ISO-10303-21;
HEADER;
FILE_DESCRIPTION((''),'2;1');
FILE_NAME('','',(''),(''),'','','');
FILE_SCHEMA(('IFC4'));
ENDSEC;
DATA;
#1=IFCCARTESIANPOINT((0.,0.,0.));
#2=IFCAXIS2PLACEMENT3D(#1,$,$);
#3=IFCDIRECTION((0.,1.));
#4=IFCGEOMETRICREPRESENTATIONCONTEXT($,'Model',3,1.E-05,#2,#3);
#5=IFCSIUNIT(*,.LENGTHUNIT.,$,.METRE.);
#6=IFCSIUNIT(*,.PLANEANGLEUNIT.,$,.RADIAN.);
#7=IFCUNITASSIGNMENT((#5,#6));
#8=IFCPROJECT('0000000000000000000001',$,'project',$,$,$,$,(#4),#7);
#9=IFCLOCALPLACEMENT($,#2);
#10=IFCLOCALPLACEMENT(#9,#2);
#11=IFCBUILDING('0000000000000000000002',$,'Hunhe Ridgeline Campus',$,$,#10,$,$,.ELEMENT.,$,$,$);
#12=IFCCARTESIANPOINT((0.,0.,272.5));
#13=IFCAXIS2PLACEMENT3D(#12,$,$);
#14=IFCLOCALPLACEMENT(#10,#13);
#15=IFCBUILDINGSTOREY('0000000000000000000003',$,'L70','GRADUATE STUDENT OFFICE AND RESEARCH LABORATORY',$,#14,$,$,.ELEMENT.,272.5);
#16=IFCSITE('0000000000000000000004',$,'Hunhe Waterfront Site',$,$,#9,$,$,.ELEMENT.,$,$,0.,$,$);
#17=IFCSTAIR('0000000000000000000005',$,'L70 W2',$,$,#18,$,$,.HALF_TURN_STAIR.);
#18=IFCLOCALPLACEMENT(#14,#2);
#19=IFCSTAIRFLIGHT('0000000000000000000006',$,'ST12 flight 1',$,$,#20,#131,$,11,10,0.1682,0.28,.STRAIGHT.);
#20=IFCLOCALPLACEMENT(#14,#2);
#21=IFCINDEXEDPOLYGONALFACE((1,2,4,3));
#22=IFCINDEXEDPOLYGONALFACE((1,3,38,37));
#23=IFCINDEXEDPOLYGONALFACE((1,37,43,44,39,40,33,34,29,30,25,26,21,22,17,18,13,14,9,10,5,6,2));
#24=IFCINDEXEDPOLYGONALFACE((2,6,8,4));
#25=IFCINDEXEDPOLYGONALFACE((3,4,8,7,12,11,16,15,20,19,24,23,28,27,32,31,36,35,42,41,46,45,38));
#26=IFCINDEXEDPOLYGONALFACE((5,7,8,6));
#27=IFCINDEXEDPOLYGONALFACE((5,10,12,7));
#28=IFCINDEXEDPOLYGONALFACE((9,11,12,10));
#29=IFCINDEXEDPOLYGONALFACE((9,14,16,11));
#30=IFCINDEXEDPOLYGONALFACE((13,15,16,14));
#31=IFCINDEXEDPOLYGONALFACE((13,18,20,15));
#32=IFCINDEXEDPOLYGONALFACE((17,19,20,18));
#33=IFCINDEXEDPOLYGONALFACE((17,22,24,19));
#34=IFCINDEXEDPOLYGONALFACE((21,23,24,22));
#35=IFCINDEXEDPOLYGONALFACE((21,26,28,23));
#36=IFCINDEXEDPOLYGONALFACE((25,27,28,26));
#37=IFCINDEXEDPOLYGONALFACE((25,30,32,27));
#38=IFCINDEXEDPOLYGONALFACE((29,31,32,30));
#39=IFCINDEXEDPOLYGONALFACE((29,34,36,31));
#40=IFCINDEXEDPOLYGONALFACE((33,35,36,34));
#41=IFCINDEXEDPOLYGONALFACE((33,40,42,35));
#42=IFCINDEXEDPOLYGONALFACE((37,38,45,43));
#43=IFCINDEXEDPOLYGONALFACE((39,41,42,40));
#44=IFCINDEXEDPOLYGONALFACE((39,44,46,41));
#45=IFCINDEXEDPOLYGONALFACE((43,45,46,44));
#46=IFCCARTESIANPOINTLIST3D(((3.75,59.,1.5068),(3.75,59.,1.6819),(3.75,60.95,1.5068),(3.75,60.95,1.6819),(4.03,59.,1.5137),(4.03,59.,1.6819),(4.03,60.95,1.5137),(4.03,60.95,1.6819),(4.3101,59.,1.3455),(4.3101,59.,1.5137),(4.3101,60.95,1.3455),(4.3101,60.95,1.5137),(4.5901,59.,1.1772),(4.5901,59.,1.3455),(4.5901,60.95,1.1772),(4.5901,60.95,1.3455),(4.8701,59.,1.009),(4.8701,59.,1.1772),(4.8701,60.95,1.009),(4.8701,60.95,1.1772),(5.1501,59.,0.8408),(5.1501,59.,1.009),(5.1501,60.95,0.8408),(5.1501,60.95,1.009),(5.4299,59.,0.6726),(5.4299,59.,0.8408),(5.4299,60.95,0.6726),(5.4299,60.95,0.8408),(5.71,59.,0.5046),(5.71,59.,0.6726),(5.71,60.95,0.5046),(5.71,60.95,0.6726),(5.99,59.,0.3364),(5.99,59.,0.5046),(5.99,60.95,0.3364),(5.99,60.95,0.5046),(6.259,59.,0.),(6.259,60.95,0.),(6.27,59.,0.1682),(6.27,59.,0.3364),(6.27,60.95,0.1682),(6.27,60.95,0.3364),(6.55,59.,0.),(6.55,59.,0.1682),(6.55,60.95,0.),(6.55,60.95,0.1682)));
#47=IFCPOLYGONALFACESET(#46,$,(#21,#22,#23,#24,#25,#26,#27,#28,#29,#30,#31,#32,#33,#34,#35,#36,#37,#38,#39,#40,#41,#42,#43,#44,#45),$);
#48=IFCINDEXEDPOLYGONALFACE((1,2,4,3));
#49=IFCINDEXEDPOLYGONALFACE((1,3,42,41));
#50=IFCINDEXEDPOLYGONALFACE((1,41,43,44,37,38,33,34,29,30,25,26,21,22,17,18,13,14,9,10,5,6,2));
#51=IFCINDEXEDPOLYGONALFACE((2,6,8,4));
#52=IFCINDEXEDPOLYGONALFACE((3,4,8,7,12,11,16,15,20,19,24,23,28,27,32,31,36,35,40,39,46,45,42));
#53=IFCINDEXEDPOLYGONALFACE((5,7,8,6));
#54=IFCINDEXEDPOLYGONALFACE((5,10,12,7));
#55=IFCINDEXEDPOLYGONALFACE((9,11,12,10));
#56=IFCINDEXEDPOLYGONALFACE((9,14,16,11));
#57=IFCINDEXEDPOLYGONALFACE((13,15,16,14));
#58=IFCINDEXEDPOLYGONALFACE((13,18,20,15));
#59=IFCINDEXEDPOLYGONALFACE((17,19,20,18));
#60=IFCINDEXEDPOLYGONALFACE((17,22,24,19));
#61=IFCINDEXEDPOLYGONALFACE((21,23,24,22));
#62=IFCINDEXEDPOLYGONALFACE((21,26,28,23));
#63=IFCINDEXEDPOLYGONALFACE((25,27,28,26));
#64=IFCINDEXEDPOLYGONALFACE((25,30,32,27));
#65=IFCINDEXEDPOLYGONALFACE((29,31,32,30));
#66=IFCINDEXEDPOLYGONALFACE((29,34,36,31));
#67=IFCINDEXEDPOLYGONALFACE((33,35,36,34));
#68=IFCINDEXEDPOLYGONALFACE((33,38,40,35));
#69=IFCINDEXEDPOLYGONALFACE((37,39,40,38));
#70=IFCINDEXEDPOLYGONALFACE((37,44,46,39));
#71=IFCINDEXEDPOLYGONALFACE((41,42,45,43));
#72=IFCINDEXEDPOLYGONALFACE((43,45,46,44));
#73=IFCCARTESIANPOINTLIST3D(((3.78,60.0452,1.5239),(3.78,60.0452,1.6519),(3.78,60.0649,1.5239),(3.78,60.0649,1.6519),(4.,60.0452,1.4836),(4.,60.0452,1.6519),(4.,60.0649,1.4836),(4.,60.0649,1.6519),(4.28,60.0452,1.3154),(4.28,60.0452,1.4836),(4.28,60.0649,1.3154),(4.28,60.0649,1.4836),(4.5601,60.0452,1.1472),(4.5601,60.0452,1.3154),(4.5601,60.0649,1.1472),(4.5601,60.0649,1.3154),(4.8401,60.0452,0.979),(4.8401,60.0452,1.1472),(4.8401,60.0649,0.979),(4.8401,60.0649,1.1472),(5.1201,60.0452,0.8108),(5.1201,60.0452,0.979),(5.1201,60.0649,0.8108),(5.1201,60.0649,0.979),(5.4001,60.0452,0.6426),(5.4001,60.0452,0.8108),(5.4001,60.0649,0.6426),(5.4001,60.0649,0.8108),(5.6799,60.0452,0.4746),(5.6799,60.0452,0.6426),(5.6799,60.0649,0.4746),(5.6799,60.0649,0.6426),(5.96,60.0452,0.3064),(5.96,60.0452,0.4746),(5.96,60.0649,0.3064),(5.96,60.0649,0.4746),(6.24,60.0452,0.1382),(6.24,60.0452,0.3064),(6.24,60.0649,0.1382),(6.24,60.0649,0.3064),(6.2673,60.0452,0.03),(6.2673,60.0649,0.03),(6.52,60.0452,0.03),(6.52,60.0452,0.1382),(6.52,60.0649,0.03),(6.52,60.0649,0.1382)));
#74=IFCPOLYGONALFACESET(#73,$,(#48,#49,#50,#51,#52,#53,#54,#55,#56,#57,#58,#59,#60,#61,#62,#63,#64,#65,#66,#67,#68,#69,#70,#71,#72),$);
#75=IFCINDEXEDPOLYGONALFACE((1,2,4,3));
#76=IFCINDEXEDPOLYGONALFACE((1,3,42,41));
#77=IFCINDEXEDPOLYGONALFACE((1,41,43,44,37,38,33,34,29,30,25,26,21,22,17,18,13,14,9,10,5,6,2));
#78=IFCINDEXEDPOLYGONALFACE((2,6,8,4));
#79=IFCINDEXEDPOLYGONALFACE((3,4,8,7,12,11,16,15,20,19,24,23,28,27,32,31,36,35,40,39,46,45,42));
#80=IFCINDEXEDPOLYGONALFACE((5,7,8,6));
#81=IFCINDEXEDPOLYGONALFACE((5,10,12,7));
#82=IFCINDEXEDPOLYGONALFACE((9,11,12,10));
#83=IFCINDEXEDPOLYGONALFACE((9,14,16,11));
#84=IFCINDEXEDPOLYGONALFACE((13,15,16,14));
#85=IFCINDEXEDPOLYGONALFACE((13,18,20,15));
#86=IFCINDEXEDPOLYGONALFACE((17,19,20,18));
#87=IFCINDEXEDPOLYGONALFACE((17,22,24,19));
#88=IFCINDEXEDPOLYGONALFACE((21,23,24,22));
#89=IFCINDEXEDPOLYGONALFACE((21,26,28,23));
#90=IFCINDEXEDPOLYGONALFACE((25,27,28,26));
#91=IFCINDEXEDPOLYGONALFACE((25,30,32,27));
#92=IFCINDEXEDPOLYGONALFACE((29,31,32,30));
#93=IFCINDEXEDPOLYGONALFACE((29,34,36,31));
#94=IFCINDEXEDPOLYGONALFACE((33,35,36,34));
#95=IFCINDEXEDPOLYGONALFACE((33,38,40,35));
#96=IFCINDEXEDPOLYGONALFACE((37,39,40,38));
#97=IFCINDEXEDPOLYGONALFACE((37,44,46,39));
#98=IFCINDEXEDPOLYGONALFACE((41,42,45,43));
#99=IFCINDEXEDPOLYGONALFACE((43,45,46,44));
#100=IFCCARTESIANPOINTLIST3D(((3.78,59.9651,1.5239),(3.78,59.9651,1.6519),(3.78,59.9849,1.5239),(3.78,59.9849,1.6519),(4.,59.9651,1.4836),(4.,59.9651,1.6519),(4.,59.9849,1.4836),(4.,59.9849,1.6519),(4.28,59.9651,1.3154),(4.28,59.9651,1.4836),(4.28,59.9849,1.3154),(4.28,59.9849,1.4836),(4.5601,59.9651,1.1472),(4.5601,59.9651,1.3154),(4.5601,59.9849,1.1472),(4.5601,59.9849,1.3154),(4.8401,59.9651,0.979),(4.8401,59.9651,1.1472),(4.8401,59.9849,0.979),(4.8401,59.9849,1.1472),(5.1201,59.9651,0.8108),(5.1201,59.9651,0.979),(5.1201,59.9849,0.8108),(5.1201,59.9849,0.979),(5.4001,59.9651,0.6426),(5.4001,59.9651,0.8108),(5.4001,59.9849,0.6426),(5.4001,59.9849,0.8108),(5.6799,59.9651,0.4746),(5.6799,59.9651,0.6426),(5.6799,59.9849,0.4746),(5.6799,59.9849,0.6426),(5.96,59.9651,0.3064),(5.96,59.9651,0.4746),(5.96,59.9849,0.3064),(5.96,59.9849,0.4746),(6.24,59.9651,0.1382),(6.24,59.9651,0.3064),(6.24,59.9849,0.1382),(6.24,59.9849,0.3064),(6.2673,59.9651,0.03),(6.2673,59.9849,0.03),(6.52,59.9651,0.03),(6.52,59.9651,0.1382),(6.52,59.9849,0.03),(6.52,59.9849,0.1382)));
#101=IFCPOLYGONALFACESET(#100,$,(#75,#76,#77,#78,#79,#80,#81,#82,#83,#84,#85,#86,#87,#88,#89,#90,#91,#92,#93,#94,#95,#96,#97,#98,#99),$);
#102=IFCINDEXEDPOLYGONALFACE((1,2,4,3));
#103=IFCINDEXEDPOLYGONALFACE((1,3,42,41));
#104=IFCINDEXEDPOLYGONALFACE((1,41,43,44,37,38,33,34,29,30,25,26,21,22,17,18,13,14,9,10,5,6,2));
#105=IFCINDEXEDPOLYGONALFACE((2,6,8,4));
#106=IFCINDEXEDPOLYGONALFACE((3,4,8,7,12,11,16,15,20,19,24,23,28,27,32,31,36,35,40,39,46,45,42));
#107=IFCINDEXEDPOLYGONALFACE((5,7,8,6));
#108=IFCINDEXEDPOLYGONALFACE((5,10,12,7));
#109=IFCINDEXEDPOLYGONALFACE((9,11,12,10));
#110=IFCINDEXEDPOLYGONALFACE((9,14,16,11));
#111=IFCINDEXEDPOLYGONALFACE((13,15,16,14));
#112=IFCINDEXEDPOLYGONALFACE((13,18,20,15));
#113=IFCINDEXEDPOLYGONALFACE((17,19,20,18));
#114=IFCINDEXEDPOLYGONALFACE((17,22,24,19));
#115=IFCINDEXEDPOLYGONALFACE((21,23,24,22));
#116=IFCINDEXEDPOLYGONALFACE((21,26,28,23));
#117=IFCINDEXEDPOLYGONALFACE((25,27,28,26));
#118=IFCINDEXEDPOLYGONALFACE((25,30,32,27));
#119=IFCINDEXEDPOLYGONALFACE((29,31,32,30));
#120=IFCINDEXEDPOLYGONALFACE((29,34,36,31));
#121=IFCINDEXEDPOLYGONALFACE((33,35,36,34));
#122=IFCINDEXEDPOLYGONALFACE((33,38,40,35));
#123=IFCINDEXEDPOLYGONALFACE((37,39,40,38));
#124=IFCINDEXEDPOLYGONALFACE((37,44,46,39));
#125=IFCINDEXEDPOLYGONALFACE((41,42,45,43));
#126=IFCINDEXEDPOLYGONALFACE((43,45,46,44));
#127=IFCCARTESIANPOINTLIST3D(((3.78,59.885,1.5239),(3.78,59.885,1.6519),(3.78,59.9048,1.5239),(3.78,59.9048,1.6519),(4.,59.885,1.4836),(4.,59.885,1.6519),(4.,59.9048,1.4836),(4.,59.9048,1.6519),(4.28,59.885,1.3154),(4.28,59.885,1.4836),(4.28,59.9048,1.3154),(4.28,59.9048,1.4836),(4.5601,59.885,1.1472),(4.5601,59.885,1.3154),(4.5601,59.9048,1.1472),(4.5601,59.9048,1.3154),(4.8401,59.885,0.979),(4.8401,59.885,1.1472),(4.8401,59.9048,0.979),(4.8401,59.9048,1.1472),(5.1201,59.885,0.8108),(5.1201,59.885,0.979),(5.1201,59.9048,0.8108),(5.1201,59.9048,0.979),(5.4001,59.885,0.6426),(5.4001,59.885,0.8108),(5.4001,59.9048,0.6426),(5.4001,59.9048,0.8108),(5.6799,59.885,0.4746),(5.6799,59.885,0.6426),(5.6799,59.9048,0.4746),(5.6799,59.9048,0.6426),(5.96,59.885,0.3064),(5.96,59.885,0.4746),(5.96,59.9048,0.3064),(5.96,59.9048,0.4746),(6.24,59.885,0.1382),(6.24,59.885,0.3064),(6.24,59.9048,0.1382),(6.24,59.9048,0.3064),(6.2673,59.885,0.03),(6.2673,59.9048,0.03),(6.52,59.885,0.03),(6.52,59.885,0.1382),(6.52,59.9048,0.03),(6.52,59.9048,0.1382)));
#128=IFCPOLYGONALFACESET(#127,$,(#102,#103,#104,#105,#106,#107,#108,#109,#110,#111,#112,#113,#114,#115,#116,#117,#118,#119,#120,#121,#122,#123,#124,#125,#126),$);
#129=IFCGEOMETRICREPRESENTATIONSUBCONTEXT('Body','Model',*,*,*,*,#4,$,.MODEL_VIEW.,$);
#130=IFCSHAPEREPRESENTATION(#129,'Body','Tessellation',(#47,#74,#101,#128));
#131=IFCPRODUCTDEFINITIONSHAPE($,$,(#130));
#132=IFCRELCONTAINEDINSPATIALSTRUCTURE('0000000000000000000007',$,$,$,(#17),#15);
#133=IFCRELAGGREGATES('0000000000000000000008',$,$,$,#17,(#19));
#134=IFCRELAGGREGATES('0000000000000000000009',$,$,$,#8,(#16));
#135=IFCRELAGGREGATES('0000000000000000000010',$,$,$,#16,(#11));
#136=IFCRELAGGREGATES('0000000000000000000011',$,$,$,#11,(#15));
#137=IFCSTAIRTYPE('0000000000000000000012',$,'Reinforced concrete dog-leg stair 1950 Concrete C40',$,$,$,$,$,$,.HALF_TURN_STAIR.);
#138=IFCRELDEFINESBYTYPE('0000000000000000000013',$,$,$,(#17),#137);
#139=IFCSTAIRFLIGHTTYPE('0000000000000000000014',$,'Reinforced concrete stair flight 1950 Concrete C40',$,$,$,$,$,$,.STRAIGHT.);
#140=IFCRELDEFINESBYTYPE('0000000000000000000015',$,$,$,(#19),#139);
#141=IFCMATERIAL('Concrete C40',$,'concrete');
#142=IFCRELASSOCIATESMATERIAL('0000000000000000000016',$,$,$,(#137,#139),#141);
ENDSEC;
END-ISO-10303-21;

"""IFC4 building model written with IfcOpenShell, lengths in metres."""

from ifc_helpers import new_model, si_unit, direction, frame, origin, place, context, subcontext, project, spatial, polyline, outline, extrude, material, type_object, element, aggregate, save


model = new_model("IFC4")

# Units and contexts
model_context = context("Model", 3, precision=1e-05, world=origin(), true_north=direction((0.0, 1.0)))
body_context = subcontext(model_context, "Body", "Model", "MODEL_VIEW")
ifc_project = project(units=[si_unit("LENGTHUNIT", "METRE"), si_unit("PLANEANGLEUNIT", "RADIAN")], contexts=[model_context])

# Site, building, storey
site_placement = place(None, origin())
site = spatial("IfcSite", under=ifc_project, at=site_placement, Name="Hunhe Waterfront Site", CompositionType="ELEMENT", RefElevation=0.0)
building_placement = place(site_placement, origin())
building = spatial("IfcBuilding", under=site, at=building_placement, Name="Hunhe Ridgeline Campus", CompositionType="ELEMENT")
storey_placement = place(building_placement, frame((0.0, 0.0, 272.5)))
storey = spatial("IfcBuildingStorey", under=building, at=storey_placement, Name="L70", Description="GRADUATE STUDENT OFFICE AND RESEARCH LABORATORY", CompositionType="ELEMENT", Elevation=272.5)

# Stair, stair flight
ifc_material_1 = material(Name="Concrete C40", Category="concrete")
stair_type = type_object("IfcStairType", Name="Reinforced concrete dog-leg stair 1950 Concrete C40", PredefinedType="HALF_TURN_STAIR", material=ifc_material_1)
stair_flight_type = type_object("IfcStairFlightType", Name="Reinforced concrete stair flight 1950 Concrete C40", PredefinedType="STRAIGHT", material=ifc_material_1)
stair_1_placement = place(storey_placement, origin())
stair_1 = element("IfcStair", 1, at=stair_1_placement, inside=storey, type_object=stair_type, Name="L70 W2", PredefinedType="HALF_TURN_STAIR")
stair_flight_1_placement = place(storey_placement, frame((6.55, 59.9751, 0.0), z_axis=(0.0, 0.0, 1.0), x_axis=(-1.0, 0.0, 0.0)))
stair_flight_1 = element("IfcStairFlight", 2, at=stair_flight_1_placement, type_object=stair_flight_type, Name="ST12 flight 1", NumberOfRisers=11, NumberOfTreads=10, PredefinedType="STRAIGHT", RiserHeight=0.1682, TreadLength=0.28, context=body_context, shape_type="SweptSolid", body=[
    extrude(outline(polyline([(0.0, 0.0), (0.0, 0.1682), (0.28, 0.1682), (0.28, 0.3364), (0.5601, 0.3364), (0.5601, 0.5046), (0.8401, 0.5046), (0.8401, 0.6726), (1.1201, 0.6726), (1.1201, 0.8408), (1.3999, 0.8408), (1.3999, 1.009), (1.6799, 1.009), (1.6799, 1.1772), (1.96, 1.1772), (1.96, 1.3455), (2.24, 1.3455), (2.24, 1.5137), (2.52, 1.5137), (2.52, 1.6819), (2.8, 1.6819), (2.8, 1.8501), (2.8, 1.5068), (0.291, 0.0), (0.0, 0.0)])), frame((0.0, 0.9751, 0.0), z_axis=(0.0, -1.0, 0.0), x_axis=(1.0, 0.0, 0.0)), (0.0, 0.0, 1.0), 1.95),
    extrude(outline(polyline([(0.03, 0.03), (0.03, 0.1382), (0.3101, 0.1382), (0.3101, 0.3064), (0.5901, 0.3064), (0.5901, 0.4746), (0.8701, 0.4746), (0.8701, 0.6426), (1.1499, 0.6426), (1.1499, 0.8108), (1.4299, 0.8108), (1.4299, 0.979), (1.71, 0.979), (1.71, 1.1472), (1.99, 1.1472), (1.99, 1.3154), (2.27, 1.3154), (2.27, 1.4836), (2.55, 1.4836), (2.55, 1.6519), (2.77, 1.6519), (2.77, 1.5239), (0.2827, 0.03), (0.03, 0.03)])), frame((0.0, -0.0701, 0.0), z_axis=(0.0, -1.0, 0.0), x_axis=(1.0, 0.0, 0.0)), (0.0, 0.0, 1.0), 0.0198),
    extrude(outline(polyline([(0.03, 0.03), (0.03, 0.1382), (0.3101, 0.1382), (0.3101, 0.3064), (0.5901, 0.3064), (0.5901, 0.4746), (0.8701, 0.4746), (0.8701, 0.6426), (1.1499, 0.6426), (1.1499, 0.8108), (1.4299, 0.8108), (1.4299, 0.979), (1.71, 0.979), (1.71, 1.1472), (1.99, 1.1472), (1.99, 1.3154), (2.27, 1.3154), (2.27, 1.4836), (2.55, 1.4836), (2.55, 1.6519), (2.77, 1.6519), (2.77, 1.5239), (0.2827, 0.03), (0.03, 0.03)])), frame((0.0, 0.01, 0.0), z_axis=(0.0, -1.0, 0.0), x_axis=(1.0, 0.0, 0.0)), (0.0, 0.0, 1.0), 0.0198),
    extrude(outline(polyline([(0.03, 0.03), (0.03, 0.1382), (0.3101, 0.1382), (0.3101, 0.3064), (0.5901, 0.3064), (0.5901, 0.4746), (0.8701, 0.4746), (0.8701, 0.6426), (1.1499, 0.6426), (1.1499, 0.8108), (1.4299, 0.8108), (1.4299, 0.979), (1.71, 0.979), (1.71, 1.1472), (1.99, 1.1472), (1.99, 1.3154), (2.27, 1.3154), (2.27, 1.4836), (2.55, 1.4836), (2.55, 1.6519), (2.77, 1.6519), (2.77, 1.5239), (0.2827, 0.03), (0.03, 0.03)])), frame((0.0, 0.0901, 0.0), z_axis=(0.0, -1.0, 0.0), x_axis=(1.0, 0.0, 0.0)), (0.0, 0.0, 1.0), 0.0198),
])
aggregate(stair_1, [stair_flight_1])

save(model, "model.ifc")
